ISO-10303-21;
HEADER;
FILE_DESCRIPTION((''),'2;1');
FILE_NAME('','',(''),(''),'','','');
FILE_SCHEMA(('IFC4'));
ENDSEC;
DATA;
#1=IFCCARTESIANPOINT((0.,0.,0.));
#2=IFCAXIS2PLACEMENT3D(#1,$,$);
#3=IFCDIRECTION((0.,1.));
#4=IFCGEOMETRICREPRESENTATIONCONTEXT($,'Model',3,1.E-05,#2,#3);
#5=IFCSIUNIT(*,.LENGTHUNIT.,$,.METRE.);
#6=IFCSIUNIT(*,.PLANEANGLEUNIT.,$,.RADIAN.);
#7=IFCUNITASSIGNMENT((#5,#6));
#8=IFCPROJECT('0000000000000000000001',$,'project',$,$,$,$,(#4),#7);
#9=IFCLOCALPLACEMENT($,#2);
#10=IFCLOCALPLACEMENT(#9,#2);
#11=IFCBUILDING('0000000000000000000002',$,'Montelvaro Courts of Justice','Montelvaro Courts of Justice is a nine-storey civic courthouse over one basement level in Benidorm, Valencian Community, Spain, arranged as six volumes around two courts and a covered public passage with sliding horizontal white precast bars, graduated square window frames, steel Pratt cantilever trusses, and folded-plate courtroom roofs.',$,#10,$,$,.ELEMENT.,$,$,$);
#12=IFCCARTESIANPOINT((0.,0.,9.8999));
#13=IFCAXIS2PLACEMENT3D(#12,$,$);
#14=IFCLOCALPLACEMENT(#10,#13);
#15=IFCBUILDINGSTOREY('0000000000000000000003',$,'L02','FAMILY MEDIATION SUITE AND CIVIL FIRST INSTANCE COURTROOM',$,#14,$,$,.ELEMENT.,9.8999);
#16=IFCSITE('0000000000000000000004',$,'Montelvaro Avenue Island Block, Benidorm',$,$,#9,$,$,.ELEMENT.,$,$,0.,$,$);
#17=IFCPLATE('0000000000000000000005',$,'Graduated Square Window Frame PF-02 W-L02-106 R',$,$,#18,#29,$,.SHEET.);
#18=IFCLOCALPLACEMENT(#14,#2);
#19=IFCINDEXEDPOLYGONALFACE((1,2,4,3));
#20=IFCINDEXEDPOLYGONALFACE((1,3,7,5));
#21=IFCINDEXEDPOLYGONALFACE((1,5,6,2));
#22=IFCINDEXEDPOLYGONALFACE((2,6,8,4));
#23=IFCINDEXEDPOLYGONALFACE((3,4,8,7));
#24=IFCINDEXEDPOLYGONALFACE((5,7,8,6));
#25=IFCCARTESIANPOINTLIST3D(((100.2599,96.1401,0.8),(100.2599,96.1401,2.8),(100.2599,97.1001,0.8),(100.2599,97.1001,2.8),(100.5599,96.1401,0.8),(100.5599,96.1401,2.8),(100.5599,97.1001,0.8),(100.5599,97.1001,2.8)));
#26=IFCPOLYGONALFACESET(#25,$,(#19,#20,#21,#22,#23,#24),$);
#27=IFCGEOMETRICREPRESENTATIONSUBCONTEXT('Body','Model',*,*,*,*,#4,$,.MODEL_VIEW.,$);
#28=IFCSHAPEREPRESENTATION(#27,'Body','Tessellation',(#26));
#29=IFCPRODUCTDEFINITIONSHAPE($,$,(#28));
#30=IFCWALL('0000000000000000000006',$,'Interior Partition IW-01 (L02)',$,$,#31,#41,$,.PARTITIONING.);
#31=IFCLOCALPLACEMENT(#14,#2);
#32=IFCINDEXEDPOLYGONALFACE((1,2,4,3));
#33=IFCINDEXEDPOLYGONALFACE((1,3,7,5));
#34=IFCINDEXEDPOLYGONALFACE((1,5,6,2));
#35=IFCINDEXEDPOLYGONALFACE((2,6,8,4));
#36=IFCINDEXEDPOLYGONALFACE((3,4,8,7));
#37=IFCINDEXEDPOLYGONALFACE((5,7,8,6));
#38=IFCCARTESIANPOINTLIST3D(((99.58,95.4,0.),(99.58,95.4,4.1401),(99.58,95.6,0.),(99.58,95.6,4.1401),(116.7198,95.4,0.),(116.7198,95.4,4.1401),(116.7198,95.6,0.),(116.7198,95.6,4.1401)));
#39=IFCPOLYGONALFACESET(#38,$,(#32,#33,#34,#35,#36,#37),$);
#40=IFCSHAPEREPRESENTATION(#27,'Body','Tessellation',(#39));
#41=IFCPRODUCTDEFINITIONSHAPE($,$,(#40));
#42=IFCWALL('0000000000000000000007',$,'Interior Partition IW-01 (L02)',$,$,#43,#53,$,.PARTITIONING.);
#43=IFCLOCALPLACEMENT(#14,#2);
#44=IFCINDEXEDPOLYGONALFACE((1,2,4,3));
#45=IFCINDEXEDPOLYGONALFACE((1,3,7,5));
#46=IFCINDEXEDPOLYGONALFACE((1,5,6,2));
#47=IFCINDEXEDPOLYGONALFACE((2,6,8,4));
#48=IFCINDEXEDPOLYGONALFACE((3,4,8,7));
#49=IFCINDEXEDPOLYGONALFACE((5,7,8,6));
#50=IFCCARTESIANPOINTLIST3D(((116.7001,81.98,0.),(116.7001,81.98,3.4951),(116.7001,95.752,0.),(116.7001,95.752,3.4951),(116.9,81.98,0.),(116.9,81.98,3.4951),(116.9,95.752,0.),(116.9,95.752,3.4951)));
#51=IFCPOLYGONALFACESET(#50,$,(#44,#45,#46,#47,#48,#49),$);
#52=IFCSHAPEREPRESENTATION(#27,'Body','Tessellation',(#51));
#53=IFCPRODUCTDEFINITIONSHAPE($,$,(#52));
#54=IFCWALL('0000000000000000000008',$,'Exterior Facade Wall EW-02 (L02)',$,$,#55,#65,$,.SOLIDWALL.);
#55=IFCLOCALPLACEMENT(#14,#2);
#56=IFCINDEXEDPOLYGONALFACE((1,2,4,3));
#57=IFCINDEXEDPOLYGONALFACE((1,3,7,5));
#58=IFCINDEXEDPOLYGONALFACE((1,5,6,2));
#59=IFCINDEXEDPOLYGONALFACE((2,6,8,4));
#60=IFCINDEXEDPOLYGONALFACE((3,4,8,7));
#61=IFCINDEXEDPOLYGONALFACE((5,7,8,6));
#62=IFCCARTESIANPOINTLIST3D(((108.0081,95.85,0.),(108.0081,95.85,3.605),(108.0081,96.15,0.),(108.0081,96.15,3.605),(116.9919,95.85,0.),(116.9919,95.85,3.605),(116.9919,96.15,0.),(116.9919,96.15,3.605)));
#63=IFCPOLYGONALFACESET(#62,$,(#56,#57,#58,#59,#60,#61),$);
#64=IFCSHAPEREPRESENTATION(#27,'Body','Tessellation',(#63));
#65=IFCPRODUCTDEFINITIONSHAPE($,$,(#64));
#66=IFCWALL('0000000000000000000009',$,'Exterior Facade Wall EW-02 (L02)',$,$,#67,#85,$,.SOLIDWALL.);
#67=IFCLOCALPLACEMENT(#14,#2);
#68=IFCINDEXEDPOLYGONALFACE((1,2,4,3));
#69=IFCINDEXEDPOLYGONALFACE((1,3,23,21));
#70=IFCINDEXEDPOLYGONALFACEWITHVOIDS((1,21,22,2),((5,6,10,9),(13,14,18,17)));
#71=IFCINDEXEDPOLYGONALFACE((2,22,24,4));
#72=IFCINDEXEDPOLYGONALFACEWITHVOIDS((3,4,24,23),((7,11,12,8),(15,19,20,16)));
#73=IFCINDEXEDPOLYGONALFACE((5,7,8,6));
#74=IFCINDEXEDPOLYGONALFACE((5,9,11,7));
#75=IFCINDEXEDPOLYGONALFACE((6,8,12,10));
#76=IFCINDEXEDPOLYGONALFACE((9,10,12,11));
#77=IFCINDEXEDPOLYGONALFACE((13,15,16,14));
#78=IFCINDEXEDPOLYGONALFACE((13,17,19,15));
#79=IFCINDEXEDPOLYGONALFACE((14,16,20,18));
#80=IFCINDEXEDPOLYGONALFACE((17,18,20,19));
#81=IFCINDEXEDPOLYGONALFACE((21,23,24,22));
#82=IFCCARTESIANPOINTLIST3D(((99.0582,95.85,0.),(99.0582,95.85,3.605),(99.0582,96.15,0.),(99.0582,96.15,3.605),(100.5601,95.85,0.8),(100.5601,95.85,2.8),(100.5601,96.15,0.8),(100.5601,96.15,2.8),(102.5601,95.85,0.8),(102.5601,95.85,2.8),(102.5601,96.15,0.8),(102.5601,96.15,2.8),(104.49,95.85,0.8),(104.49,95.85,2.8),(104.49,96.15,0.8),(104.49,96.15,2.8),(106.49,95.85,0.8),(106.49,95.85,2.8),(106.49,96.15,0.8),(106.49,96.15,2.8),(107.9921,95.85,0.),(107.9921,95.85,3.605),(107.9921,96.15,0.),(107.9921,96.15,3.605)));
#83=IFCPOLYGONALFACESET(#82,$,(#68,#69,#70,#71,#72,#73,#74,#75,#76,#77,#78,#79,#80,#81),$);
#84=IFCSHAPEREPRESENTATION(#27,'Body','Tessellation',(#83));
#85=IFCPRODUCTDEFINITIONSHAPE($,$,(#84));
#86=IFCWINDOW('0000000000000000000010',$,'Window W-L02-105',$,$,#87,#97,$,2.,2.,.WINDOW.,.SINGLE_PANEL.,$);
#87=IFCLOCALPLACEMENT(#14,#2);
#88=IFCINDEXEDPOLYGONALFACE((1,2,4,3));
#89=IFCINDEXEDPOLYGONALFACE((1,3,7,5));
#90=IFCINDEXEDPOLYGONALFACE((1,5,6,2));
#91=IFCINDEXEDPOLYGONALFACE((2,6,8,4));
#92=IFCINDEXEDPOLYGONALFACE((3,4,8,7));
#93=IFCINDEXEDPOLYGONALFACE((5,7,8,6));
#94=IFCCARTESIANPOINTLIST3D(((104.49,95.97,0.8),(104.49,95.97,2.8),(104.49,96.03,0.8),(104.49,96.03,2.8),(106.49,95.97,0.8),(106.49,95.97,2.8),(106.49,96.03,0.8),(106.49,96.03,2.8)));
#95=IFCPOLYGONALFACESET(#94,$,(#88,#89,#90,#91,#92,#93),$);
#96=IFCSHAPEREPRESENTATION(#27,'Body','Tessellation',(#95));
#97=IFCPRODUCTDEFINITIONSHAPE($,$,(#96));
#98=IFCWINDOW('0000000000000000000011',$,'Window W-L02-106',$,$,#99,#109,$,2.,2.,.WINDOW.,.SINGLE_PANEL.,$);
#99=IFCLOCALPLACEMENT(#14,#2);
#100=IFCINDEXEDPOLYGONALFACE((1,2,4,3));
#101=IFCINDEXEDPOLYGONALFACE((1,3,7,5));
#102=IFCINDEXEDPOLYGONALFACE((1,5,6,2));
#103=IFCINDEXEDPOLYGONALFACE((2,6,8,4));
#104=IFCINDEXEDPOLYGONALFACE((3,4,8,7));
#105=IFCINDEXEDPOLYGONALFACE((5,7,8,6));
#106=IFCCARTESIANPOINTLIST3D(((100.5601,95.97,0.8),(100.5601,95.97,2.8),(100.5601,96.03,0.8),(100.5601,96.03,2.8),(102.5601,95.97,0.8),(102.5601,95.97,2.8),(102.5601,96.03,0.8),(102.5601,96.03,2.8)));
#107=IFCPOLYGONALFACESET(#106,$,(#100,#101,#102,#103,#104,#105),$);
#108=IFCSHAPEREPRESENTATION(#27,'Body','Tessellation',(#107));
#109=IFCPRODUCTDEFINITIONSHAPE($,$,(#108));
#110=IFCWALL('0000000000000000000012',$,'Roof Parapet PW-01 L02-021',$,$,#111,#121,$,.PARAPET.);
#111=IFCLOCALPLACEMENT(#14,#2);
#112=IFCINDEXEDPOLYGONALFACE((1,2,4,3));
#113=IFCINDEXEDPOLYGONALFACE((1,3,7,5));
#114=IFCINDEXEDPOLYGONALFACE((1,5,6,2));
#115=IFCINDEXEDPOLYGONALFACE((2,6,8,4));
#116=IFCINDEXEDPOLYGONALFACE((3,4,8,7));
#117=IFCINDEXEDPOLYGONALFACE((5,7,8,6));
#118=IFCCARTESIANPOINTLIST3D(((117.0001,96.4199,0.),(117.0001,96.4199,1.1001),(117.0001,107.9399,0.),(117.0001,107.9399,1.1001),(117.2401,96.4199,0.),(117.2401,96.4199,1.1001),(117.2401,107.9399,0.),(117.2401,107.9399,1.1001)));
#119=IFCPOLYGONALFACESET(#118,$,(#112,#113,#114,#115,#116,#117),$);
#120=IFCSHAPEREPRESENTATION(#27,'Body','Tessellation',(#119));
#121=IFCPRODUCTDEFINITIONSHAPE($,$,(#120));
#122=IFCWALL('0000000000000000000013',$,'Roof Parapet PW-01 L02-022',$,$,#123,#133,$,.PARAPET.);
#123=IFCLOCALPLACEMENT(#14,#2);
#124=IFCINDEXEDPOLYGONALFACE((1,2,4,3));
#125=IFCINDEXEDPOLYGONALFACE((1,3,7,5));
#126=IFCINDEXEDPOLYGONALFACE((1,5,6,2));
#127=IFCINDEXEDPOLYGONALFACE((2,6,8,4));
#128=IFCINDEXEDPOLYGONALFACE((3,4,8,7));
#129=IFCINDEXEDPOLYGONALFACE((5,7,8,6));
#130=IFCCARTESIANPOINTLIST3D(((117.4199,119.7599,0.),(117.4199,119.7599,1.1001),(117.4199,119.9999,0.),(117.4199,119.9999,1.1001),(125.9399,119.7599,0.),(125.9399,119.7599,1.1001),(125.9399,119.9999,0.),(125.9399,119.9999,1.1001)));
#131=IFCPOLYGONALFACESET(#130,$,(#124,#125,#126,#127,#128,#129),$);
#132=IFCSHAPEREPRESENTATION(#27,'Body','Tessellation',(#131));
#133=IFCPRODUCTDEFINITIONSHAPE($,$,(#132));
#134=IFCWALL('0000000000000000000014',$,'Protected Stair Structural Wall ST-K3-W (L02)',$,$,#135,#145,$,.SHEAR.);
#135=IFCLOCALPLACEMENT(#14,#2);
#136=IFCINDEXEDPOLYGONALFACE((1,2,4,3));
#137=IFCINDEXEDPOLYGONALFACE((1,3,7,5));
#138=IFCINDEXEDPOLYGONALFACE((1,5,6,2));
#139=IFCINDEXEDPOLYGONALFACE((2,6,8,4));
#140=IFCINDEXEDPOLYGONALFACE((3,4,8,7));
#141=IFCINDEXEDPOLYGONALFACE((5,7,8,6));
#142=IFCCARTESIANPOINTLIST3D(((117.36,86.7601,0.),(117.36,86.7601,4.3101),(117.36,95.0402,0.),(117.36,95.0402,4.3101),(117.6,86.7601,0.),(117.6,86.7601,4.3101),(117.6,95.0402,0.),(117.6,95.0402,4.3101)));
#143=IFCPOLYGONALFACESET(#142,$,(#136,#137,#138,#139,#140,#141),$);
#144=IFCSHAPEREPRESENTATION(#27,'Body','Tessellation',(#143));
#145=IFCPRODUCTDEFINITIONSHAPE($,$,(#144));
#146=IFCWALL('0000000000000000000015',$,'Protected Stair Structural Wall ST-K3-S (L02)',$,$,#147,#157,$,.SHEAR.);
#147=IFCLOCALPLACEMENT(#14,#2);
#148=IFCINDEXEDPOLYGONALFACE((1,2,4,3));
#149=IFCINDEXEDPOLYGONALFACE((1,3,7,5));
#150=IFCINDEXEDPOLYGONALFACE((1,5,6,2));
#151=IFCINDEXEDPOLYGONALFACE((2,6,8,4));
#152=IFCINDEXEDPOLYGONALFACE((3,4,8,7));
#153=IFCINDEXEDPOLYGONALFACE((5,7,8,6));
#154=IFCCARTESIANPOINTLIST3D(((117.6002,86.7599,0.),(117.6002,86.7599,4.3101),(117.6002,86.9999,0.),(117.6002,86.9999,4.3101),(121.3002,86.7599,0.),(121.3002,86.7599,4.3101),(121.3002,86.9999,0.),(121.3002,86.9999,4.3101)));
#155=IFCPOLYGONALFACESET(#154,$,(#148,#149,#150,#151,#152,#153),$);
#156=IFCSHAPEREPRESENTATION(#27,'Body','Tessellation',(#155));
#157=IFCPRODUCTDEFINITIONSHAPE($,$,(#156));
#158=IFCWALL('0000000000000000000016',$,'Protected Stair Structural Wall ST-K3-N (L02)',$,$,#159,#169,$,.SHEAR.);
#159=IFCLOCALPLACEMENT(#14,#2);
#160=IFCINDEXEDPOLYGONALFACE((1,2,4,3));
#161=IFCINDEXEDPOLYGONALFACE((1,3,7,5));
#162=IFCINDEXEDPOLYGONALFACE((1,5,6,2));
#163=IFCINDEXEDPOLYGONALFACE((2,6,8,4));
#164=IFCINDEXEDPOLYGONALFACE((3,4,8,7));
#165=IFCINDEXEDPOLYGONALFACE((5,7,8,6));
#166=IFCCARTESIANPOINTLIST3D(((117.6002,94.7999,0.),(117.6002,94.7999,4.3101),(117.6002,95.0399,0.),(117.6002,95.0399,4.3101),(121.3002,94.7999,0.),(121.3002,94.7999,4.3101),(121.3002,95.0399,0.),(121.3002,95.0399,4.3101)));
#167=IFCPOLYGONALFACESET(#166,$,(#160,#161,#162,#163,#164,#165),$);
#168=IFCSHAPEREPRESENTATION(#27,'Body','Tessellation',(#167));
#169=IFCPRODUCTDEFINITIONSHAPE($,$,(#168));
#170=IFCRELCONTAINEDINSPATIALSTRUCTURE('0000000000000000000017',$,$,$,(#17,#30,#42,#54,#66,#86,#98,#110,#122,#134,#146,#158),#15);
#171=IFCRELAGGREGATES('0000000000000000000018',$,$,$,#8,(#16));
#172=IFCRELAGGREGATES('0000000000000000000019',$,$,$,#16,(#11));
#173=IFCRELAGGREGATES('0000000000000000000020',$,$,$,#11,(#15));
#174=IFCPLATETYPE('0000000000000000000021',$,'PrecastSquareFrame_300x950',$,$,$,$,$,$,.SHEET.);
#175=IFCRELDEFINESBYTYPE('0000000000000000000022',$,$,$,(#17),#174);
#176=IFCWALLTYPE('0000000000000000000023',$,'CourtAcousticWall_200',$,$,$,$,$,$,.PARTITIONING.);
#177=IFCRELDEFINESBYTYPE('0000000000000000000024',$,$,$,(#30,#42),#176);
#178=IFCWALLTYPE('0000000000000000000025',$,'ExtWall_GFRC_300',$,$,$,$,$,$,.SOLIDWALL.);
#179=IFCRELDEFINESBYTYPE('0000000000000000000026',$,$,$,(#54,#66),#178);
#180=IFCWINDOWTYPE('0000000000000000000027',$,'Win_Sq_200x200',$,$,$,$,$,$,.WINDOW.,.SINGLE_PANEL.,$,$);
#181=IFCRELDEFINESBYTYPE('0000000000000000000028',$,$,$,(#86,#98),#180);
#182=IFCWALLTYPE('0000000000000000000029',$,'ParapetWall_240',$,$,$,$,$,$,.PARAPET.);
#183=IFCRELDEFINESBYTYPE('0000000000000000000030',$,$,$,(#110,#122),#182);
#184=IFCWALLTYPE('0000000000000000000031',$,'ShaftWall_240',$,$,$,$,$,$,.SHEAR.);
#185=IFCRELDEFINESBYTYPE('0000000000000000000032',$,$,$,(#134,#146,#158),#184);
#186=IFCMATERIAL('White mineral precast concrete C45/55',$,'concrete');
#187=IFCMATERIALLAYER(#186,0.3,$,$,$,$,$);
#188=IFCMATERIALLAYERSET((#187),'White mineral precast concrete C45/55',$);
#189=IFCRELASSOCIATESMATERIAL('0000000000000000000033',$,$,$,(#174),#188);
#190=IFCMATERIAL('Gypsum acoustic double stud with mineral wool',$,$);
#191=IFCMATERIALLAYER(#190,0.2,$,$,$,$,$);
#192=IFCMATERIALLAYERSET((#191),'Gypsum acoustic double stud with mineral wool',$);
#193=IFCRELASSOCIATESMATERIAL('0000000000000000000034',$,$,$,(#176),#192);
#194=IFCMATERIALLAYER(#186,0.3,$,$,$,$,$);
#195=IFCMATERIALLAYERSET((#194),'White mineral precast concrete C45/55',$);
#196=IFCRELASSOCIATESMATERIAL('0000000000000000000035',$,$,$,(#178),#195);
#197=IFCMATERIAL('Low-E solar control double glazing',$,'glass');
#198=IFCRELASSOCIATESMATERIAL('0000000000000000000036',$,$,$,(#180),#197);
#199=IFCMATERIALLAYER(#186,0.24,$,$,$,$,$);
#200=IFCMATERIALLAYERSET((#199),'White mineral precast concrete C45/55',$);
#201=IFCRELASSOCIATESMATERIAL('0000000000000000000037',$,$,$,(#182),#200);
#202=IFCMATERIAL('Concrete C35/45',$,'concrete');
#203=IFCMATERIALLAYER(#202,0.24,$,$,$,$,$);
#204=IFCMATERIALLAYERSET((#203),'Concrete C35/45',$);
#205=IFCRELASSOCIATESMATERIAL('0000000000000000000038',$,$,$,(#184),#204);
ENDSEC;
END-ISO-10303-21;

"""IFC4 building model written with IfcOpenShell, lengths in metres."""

from ifc_helpers import new_model, si_unit, direction, frame, frame_2d, origin, origin_2d, place, context, subcontext, project, spatial, rectangle, extrude, material, layer, layer_set, type_object, element, fill, save


model = new_model("IFC4")

# Units and contexts
model_context = context("Model", 3, precision=1e-05, world=origin(), true_north=direction((0.0, 1.0)))
body_context = subcontext(model_context, "Body", "Model", "MODEL_VIEW")
ifc_project = project(units=[si_unit("LENGTHUNIT", "METRE"), si_unit("PLANEANGLEUNIT", "RADIAN")], contexts=[model_context])

# Site, building, storey
site_placement = place(None, origin())
site = spatial("IfcSite", under=ifc_project, at=site_placement, Name="Montelvaro Avenue Island Block, Benidorm", CompositionType="ELEMENT", RefElevation=0.0)
building_placement = place(site_placement, origin())
building = spatial("IfcBuilding", under=site, at=building_placement, Name="Montelvaro Courts of Justice", Description="Montelvaro Courts of Justice is a nine-storey civic courthouse over one basement level in Benidorm, Valencian Community, Spain, arranged as six volumes around two courts and a covered public passage with sliding horizontal white precast bars, graduated square window frames, steel Pratt cantilever trusses, and folded-plate courtroom roofs.", CompositionType="ELEMENT")
storey_placement = place(building_placement, frame((0.0, 0.0, 9.8999)))
storey = spatial("IfcBuildingStorey", under=building, at=storey_placement, Name="L02", Description="FAMILY MEDIATION SUITE AND CIVIL FIRST INSTANCE COURTROOM", CompositionType="ELEMENT", Elevation=9.8999)

# Plate
ifc_material_1 = material(Name="White mineral precast concrete C45/55", Category="concrete")
ifc_layer_1 = layer(ifc_material_1, 0.3)
ifc_layer_set_1 = layer_set([ifc_layer_1], Name="White mineral precast concrete C45/55")
plate_type = type_object("IfcPlateType", Name="PrecastSquareFrame_300x950", PredefinedType="SHEET", material=ifc_layer_set_1)
for number, where, z_axis, x_axis, name in (
    (1, (100.4099, 96.6201, 0.8), (0.0, 0.0, 1.0), (-1.0, 0.0, 0.0), "Graduated Square Window Frame PF-02 W-L02-106 R"),
):
    element("IfcPlate", number, at=place(storey_placement, frame(where, z_axis=z_axis, x_axis=x_axis)), inside=storey, type_object=plate_type, Name=name, PredefinedType="SHEET", context=body_context, shape_type="SweptSolid", body=[
        extrude(rectangle(XDim=0.3, YDim=0.96, at=origin_2d()), origin(), (0.0, 0.0, 1.0), 2.0),
    ])

# Walls
ifc_material_2 = material(Name="Gypsum acoustic double stud with mineral wool")
ifc_layer_2 = layer(ifc_material_2, 0.2)
ifc_layer_set_2 = layer_set([ifc_layer_2], Name="Gypsum acoustic double stud with mineral wool")
wall_type_1 = type_object("IfcWallType", Name="CourtAcousticWall_200", PredefinedType="PARTITIONING", material=ifc_layer_set_2)
wall_1_placement = place(storey_placement, frame((99.5801, 95.5, 0.0), z_axis=(0.0, 0.0, 1.0), x_axis=(1.0, 0.0, 0.0)))
element("IfcWall", 2, at=wall_1_placement, inside=storey, type_object=wall_type_1, Name="Interior Partition IW-01 (L02)", PredefinedType="PARTITIONING", context=body_context, shape_type="SweptSolid", body=[
    extrude(rectangle(XDim=17.1399, YDim=0.2, at=frame_2d((8.5698, 0.0))), origin(), (0.0, 0.0, 1.0), 4.1401),
])
wall_2_placement = place(storey_placement, frame((116.8, 95.752, 0.0), z_axis=(0.0, 0.0, 1.0), x_axis=(0.0, -1.0, 0.0)))
element("IfcWall", 3, at=wall_2_placement, inside=storey, type_object=wall_type_1, Name="Interior Partition IW-01 (L02)", PredefinedType="PARTITIONING", context=body_context, shape_type="SweptSolid", body=[
    extrude(rectangle(XDim=13.772, YDim=0.2, at=frame_2d((6.886, 0.0))), origin(), (0.0, 0.0, 1.0), 3.4951),
])
ifc_layer_3 = layer(ifc_material_1, 0.3)
ifc_layer_set_3 = layer_set([ifc_layer_3], Name="White mineral precast concrete C45/55")
wall_type_2 = type_object("IfcWallType", Name="ExtWall_GFRC_300", PredefinedType="SOLIDWALL", material=ifc_layer_set_3)
wall_3_placement = place(storey_placement, frame((116.9919, 96.0, 0.0), z_axis=(0.0, 0.0, 1.0), x_axis=(-1.0, 0.0, 0.0)))
element("IfcWall", 4, at=wall_3_placement, inside=storey, type_object=wall_type_2, Name="Exterior Facade Wall EW-02 (L02)", PredefinedType="SOLIDWALL", context=body_context, shape_type="SweptSolid", body=[
    extrude(rectangle(XDim=8.9839, YDim=0.3, at=frame_2d((4.4919, 0.0))), origin(), (0.0, 0.0, 1.0), 3.605),
])

# Wall, openings, windows
wall_4_placement = place(storey_placement, frame((107.9919, 96.0, 0.0), z_axis=(0.0, 0.0, 1.0), x_axis=(-1.0, 0.0, 0.0)))
wall_4 = element("IfcWall", 5, at=wall_4_placement, inside=storey, type_object=wall_type_2, Name="Exterior Facade Wall EW-02 (L02)", PredefinedType="SOLIDWALL", context=body_context, shape_type="SweptSolid", body=[
    extrude(rectangle(XDim=8.9338, YDim=0.3, at=frame_2d((4.4668, 0.0))), origin(), (0.0, 0.0, 1.0), 3.605),
])
opening_1_placement = place(wall_4_placement, frame((1.502, 0.0, 0.8)))
opening_1 = element("IfcOpeningElement", 6, at=opening_1_placement, cuts=wall_4, PredefinedType="OPENING", context=body_context, shape_type="SweptSolid", body=[
    extrude(rectangle(XDim=2.0, YDim=2.0, at=frame_2d((1.0, 1.0))), frame((0.0, 0.165, 0.0), z_axis=(0.0, -1.0, 0.0), x_axis=(1.0, 0.0, 0.0)), (0.0, 0.0, 1.0), 0.3298),
])
opening_2_placement = place(wall_4_placement, frame((5.4319, 0.0, 0.8)))
opening_2 = element("IfcOpeningElement", 7, at=opening_2_placement, cuts=wall_4, PredefinedType="OPENING", context=body_context, shape_type="SweptSolid", body=[
    extrude(rectangle(XDim=2.0, YDim=2.0, at=frame_2d((1.0, 1.0))), frame((0.0, 0.165, 0.0), z_axis=(0.0, -1.0, 0.0), x_axis=(1.0, 0.0, 0.0)), (0.0, 0.0, 1.0), 0.3298),
])
ifc_material_3 = material(Name="Low-E solar control double glazing", Category="glass")
window_type = type_object("IfcWindowType", Name="Win_Sq_200x200", PartitioningType="SINGLE_PANEL", PredefinedType="WINDOW", material=ifc_material_3)
window_1_placement = place(opening_1_placement, origin())
window_1 = element("IfcWindow", 8, at=window_1_placement, inside=storey, type_object=window_type, Name="Window W-L02-105", OverallHeight=2.0, OverallWidth=2.0, PartitioningType="SINGLE_PANEL", PredefinedType="WINDOW", context=body_context, shape_type="SweptSolid", body=[
    extrude(rectangle(XDim=2.0, YDim=2.0, at=frame_2d((1.0, 1.0))), frame((0.0, 0.03, 0.0), z_axis=(0.0, -1.0, 0.0), x_axis=(1.0, 0.0, 0.0)), (0.0, 0.0, 1.0), 0.0601),
])
fill(opening_1, window_1)
window_2_placement = place(opening_2_placement, origin())
window_2 = element("IfcWindow", 9, at=window_2_placement, inside=storey, type_object=window_type, Name="Window W-L02-106", OverallHeight=2.0, OverallWidth=2.0, PartitioningType="SINGLE_PANEL", PredefinedType="WINDOW", context=body_context, shape_type="SweptSolid", body=[
    extrude(rectangle(XDim=2.0, YDim=2.0, at=frame_2d((1.0, 1.0))), frame((0.0, 0.03, 0.0), z_axis=(0.0, -1.0, 0.0), x_axis=(1.0, 0.0, 0.0)), (0.0, 0.0, 1.0), 0.0601),
])
fill(opening_2, window_2)

# Walls
ifc_layer_4 = layer(ifc_material_1, 0.24)
ifc_layer_set_4 = layer_set([ifc_layer_4], Name="White mineral precast concrete C45/55")
wall_type_3 = type_object("IfcWallType", Name="ParapetWall_240", PredefinedType="PARAPET", material=ifc_layer_set_4)
wall_5_placement = place(storey_placement, frame((117.1201, 96.4199, 0.0), z_axis=(0.0, 0.0, 1.0), x_axis=(0.0, 1.0, 0.0)))
element("IfcWall", 10, at=wall_5_placement, inside=storey, type_object=wall_type_3, Name="Roof Parapet PW-01 L02-021", PredefinedType="PARAPET", context=body_context, shape_type="SweptSolid", body=[
    extrude(rectangle(XDim=11.52, YDim=0.24, at=frame_2d((5.76, 0.0))), origin(), (0.0, 0.0, 1.0), 1.1001),
])
wall_6_placement = place(storey_placement, frame((117.4199, 119.8799, 0.0), z_axis=(0.0, 0.0, 1.0), x_axis=(1.0, 0.0, 0.0)))
element("IfcWall", 11, at=wall_6_placement, inside=storey, type_object=wall_type_3, Name="Roof Parapet PW-01 L02-022", PredefinedType="PARAPET", context=body_context, shape_type="SweptSolid", body=[
    extrude(rectangle(XDim=8.52, YDim=0.24, at=frame_2d((4.26, 0.0))), origin(), (0.0, 0.0, 1.0), 1.1001),
])
ifc_material_4 = material(Name="Concrete C35/45", Category="concrete")
ifc_layer_5 = layer(ifc_material_4, 0.24)
ifc_layer_set_5 = layer_set([ifc_layer_5], Name="Concrete C35/45")
wall_type_4 = type_object("IfcWallType", Name="ShaftWall_240", PredefinedType="SHEAR", material=ifc_layer_set_5)
wall_7_placement = place(storey_placement, frame((117.48, 86.76, 0.0), z_axis=(0.0, 0.0, 1.0), x_axis=(0.0, 1.0, 0.0)))
element("IfcWall", 12, at=wall_7_placement, inside=storey, type_object=wall_type_4, Name="Protected Stair Structural Wall ST-K3-W (L02)", PredefinedType="SHEAR", context=body_context, shape_type="SweptSolid", body=[
    extrude(rectangle(XDim=8.28, YDim=0.24, at=frame_2d((4.1401, 0.0))), origin(), (0.0, 0.0, 1.0), 4.3101),
])
for number, where, z_axis, x_axis, name in (
    (13, (117.6001, 86.8799, 0.0), (0.0, 0.0, 1.0), (1.0, 0.0, 0.0), "Protected Stair Structural Wall ST-K3-S (L02)"),
    (14, (117.6001, 94.9199, 0.0), (0.0, 0.0, 1.0), (1.0, 0.0, 0.0), "Protected Stair Structural Wall ST-K3-N (L02)"),
):
    element("IfcWall", number, at=place(storey_placement, frame(where, z_axis=z_axis, x_axis=x_axis)), inside=storey, type_object=wall_type_4, Name=name, PredefinedType="SHEAR", context=body_context, shape_type="SweptSolid", body=[
        extrude(rectangle(XDim=3.7, YDim=0.24, at=frame_2d((1.8501, 0.0))), origin(), (0.0, 0.0, 1.0), 4.3101),
    ])

save(model, "model.ifc")
